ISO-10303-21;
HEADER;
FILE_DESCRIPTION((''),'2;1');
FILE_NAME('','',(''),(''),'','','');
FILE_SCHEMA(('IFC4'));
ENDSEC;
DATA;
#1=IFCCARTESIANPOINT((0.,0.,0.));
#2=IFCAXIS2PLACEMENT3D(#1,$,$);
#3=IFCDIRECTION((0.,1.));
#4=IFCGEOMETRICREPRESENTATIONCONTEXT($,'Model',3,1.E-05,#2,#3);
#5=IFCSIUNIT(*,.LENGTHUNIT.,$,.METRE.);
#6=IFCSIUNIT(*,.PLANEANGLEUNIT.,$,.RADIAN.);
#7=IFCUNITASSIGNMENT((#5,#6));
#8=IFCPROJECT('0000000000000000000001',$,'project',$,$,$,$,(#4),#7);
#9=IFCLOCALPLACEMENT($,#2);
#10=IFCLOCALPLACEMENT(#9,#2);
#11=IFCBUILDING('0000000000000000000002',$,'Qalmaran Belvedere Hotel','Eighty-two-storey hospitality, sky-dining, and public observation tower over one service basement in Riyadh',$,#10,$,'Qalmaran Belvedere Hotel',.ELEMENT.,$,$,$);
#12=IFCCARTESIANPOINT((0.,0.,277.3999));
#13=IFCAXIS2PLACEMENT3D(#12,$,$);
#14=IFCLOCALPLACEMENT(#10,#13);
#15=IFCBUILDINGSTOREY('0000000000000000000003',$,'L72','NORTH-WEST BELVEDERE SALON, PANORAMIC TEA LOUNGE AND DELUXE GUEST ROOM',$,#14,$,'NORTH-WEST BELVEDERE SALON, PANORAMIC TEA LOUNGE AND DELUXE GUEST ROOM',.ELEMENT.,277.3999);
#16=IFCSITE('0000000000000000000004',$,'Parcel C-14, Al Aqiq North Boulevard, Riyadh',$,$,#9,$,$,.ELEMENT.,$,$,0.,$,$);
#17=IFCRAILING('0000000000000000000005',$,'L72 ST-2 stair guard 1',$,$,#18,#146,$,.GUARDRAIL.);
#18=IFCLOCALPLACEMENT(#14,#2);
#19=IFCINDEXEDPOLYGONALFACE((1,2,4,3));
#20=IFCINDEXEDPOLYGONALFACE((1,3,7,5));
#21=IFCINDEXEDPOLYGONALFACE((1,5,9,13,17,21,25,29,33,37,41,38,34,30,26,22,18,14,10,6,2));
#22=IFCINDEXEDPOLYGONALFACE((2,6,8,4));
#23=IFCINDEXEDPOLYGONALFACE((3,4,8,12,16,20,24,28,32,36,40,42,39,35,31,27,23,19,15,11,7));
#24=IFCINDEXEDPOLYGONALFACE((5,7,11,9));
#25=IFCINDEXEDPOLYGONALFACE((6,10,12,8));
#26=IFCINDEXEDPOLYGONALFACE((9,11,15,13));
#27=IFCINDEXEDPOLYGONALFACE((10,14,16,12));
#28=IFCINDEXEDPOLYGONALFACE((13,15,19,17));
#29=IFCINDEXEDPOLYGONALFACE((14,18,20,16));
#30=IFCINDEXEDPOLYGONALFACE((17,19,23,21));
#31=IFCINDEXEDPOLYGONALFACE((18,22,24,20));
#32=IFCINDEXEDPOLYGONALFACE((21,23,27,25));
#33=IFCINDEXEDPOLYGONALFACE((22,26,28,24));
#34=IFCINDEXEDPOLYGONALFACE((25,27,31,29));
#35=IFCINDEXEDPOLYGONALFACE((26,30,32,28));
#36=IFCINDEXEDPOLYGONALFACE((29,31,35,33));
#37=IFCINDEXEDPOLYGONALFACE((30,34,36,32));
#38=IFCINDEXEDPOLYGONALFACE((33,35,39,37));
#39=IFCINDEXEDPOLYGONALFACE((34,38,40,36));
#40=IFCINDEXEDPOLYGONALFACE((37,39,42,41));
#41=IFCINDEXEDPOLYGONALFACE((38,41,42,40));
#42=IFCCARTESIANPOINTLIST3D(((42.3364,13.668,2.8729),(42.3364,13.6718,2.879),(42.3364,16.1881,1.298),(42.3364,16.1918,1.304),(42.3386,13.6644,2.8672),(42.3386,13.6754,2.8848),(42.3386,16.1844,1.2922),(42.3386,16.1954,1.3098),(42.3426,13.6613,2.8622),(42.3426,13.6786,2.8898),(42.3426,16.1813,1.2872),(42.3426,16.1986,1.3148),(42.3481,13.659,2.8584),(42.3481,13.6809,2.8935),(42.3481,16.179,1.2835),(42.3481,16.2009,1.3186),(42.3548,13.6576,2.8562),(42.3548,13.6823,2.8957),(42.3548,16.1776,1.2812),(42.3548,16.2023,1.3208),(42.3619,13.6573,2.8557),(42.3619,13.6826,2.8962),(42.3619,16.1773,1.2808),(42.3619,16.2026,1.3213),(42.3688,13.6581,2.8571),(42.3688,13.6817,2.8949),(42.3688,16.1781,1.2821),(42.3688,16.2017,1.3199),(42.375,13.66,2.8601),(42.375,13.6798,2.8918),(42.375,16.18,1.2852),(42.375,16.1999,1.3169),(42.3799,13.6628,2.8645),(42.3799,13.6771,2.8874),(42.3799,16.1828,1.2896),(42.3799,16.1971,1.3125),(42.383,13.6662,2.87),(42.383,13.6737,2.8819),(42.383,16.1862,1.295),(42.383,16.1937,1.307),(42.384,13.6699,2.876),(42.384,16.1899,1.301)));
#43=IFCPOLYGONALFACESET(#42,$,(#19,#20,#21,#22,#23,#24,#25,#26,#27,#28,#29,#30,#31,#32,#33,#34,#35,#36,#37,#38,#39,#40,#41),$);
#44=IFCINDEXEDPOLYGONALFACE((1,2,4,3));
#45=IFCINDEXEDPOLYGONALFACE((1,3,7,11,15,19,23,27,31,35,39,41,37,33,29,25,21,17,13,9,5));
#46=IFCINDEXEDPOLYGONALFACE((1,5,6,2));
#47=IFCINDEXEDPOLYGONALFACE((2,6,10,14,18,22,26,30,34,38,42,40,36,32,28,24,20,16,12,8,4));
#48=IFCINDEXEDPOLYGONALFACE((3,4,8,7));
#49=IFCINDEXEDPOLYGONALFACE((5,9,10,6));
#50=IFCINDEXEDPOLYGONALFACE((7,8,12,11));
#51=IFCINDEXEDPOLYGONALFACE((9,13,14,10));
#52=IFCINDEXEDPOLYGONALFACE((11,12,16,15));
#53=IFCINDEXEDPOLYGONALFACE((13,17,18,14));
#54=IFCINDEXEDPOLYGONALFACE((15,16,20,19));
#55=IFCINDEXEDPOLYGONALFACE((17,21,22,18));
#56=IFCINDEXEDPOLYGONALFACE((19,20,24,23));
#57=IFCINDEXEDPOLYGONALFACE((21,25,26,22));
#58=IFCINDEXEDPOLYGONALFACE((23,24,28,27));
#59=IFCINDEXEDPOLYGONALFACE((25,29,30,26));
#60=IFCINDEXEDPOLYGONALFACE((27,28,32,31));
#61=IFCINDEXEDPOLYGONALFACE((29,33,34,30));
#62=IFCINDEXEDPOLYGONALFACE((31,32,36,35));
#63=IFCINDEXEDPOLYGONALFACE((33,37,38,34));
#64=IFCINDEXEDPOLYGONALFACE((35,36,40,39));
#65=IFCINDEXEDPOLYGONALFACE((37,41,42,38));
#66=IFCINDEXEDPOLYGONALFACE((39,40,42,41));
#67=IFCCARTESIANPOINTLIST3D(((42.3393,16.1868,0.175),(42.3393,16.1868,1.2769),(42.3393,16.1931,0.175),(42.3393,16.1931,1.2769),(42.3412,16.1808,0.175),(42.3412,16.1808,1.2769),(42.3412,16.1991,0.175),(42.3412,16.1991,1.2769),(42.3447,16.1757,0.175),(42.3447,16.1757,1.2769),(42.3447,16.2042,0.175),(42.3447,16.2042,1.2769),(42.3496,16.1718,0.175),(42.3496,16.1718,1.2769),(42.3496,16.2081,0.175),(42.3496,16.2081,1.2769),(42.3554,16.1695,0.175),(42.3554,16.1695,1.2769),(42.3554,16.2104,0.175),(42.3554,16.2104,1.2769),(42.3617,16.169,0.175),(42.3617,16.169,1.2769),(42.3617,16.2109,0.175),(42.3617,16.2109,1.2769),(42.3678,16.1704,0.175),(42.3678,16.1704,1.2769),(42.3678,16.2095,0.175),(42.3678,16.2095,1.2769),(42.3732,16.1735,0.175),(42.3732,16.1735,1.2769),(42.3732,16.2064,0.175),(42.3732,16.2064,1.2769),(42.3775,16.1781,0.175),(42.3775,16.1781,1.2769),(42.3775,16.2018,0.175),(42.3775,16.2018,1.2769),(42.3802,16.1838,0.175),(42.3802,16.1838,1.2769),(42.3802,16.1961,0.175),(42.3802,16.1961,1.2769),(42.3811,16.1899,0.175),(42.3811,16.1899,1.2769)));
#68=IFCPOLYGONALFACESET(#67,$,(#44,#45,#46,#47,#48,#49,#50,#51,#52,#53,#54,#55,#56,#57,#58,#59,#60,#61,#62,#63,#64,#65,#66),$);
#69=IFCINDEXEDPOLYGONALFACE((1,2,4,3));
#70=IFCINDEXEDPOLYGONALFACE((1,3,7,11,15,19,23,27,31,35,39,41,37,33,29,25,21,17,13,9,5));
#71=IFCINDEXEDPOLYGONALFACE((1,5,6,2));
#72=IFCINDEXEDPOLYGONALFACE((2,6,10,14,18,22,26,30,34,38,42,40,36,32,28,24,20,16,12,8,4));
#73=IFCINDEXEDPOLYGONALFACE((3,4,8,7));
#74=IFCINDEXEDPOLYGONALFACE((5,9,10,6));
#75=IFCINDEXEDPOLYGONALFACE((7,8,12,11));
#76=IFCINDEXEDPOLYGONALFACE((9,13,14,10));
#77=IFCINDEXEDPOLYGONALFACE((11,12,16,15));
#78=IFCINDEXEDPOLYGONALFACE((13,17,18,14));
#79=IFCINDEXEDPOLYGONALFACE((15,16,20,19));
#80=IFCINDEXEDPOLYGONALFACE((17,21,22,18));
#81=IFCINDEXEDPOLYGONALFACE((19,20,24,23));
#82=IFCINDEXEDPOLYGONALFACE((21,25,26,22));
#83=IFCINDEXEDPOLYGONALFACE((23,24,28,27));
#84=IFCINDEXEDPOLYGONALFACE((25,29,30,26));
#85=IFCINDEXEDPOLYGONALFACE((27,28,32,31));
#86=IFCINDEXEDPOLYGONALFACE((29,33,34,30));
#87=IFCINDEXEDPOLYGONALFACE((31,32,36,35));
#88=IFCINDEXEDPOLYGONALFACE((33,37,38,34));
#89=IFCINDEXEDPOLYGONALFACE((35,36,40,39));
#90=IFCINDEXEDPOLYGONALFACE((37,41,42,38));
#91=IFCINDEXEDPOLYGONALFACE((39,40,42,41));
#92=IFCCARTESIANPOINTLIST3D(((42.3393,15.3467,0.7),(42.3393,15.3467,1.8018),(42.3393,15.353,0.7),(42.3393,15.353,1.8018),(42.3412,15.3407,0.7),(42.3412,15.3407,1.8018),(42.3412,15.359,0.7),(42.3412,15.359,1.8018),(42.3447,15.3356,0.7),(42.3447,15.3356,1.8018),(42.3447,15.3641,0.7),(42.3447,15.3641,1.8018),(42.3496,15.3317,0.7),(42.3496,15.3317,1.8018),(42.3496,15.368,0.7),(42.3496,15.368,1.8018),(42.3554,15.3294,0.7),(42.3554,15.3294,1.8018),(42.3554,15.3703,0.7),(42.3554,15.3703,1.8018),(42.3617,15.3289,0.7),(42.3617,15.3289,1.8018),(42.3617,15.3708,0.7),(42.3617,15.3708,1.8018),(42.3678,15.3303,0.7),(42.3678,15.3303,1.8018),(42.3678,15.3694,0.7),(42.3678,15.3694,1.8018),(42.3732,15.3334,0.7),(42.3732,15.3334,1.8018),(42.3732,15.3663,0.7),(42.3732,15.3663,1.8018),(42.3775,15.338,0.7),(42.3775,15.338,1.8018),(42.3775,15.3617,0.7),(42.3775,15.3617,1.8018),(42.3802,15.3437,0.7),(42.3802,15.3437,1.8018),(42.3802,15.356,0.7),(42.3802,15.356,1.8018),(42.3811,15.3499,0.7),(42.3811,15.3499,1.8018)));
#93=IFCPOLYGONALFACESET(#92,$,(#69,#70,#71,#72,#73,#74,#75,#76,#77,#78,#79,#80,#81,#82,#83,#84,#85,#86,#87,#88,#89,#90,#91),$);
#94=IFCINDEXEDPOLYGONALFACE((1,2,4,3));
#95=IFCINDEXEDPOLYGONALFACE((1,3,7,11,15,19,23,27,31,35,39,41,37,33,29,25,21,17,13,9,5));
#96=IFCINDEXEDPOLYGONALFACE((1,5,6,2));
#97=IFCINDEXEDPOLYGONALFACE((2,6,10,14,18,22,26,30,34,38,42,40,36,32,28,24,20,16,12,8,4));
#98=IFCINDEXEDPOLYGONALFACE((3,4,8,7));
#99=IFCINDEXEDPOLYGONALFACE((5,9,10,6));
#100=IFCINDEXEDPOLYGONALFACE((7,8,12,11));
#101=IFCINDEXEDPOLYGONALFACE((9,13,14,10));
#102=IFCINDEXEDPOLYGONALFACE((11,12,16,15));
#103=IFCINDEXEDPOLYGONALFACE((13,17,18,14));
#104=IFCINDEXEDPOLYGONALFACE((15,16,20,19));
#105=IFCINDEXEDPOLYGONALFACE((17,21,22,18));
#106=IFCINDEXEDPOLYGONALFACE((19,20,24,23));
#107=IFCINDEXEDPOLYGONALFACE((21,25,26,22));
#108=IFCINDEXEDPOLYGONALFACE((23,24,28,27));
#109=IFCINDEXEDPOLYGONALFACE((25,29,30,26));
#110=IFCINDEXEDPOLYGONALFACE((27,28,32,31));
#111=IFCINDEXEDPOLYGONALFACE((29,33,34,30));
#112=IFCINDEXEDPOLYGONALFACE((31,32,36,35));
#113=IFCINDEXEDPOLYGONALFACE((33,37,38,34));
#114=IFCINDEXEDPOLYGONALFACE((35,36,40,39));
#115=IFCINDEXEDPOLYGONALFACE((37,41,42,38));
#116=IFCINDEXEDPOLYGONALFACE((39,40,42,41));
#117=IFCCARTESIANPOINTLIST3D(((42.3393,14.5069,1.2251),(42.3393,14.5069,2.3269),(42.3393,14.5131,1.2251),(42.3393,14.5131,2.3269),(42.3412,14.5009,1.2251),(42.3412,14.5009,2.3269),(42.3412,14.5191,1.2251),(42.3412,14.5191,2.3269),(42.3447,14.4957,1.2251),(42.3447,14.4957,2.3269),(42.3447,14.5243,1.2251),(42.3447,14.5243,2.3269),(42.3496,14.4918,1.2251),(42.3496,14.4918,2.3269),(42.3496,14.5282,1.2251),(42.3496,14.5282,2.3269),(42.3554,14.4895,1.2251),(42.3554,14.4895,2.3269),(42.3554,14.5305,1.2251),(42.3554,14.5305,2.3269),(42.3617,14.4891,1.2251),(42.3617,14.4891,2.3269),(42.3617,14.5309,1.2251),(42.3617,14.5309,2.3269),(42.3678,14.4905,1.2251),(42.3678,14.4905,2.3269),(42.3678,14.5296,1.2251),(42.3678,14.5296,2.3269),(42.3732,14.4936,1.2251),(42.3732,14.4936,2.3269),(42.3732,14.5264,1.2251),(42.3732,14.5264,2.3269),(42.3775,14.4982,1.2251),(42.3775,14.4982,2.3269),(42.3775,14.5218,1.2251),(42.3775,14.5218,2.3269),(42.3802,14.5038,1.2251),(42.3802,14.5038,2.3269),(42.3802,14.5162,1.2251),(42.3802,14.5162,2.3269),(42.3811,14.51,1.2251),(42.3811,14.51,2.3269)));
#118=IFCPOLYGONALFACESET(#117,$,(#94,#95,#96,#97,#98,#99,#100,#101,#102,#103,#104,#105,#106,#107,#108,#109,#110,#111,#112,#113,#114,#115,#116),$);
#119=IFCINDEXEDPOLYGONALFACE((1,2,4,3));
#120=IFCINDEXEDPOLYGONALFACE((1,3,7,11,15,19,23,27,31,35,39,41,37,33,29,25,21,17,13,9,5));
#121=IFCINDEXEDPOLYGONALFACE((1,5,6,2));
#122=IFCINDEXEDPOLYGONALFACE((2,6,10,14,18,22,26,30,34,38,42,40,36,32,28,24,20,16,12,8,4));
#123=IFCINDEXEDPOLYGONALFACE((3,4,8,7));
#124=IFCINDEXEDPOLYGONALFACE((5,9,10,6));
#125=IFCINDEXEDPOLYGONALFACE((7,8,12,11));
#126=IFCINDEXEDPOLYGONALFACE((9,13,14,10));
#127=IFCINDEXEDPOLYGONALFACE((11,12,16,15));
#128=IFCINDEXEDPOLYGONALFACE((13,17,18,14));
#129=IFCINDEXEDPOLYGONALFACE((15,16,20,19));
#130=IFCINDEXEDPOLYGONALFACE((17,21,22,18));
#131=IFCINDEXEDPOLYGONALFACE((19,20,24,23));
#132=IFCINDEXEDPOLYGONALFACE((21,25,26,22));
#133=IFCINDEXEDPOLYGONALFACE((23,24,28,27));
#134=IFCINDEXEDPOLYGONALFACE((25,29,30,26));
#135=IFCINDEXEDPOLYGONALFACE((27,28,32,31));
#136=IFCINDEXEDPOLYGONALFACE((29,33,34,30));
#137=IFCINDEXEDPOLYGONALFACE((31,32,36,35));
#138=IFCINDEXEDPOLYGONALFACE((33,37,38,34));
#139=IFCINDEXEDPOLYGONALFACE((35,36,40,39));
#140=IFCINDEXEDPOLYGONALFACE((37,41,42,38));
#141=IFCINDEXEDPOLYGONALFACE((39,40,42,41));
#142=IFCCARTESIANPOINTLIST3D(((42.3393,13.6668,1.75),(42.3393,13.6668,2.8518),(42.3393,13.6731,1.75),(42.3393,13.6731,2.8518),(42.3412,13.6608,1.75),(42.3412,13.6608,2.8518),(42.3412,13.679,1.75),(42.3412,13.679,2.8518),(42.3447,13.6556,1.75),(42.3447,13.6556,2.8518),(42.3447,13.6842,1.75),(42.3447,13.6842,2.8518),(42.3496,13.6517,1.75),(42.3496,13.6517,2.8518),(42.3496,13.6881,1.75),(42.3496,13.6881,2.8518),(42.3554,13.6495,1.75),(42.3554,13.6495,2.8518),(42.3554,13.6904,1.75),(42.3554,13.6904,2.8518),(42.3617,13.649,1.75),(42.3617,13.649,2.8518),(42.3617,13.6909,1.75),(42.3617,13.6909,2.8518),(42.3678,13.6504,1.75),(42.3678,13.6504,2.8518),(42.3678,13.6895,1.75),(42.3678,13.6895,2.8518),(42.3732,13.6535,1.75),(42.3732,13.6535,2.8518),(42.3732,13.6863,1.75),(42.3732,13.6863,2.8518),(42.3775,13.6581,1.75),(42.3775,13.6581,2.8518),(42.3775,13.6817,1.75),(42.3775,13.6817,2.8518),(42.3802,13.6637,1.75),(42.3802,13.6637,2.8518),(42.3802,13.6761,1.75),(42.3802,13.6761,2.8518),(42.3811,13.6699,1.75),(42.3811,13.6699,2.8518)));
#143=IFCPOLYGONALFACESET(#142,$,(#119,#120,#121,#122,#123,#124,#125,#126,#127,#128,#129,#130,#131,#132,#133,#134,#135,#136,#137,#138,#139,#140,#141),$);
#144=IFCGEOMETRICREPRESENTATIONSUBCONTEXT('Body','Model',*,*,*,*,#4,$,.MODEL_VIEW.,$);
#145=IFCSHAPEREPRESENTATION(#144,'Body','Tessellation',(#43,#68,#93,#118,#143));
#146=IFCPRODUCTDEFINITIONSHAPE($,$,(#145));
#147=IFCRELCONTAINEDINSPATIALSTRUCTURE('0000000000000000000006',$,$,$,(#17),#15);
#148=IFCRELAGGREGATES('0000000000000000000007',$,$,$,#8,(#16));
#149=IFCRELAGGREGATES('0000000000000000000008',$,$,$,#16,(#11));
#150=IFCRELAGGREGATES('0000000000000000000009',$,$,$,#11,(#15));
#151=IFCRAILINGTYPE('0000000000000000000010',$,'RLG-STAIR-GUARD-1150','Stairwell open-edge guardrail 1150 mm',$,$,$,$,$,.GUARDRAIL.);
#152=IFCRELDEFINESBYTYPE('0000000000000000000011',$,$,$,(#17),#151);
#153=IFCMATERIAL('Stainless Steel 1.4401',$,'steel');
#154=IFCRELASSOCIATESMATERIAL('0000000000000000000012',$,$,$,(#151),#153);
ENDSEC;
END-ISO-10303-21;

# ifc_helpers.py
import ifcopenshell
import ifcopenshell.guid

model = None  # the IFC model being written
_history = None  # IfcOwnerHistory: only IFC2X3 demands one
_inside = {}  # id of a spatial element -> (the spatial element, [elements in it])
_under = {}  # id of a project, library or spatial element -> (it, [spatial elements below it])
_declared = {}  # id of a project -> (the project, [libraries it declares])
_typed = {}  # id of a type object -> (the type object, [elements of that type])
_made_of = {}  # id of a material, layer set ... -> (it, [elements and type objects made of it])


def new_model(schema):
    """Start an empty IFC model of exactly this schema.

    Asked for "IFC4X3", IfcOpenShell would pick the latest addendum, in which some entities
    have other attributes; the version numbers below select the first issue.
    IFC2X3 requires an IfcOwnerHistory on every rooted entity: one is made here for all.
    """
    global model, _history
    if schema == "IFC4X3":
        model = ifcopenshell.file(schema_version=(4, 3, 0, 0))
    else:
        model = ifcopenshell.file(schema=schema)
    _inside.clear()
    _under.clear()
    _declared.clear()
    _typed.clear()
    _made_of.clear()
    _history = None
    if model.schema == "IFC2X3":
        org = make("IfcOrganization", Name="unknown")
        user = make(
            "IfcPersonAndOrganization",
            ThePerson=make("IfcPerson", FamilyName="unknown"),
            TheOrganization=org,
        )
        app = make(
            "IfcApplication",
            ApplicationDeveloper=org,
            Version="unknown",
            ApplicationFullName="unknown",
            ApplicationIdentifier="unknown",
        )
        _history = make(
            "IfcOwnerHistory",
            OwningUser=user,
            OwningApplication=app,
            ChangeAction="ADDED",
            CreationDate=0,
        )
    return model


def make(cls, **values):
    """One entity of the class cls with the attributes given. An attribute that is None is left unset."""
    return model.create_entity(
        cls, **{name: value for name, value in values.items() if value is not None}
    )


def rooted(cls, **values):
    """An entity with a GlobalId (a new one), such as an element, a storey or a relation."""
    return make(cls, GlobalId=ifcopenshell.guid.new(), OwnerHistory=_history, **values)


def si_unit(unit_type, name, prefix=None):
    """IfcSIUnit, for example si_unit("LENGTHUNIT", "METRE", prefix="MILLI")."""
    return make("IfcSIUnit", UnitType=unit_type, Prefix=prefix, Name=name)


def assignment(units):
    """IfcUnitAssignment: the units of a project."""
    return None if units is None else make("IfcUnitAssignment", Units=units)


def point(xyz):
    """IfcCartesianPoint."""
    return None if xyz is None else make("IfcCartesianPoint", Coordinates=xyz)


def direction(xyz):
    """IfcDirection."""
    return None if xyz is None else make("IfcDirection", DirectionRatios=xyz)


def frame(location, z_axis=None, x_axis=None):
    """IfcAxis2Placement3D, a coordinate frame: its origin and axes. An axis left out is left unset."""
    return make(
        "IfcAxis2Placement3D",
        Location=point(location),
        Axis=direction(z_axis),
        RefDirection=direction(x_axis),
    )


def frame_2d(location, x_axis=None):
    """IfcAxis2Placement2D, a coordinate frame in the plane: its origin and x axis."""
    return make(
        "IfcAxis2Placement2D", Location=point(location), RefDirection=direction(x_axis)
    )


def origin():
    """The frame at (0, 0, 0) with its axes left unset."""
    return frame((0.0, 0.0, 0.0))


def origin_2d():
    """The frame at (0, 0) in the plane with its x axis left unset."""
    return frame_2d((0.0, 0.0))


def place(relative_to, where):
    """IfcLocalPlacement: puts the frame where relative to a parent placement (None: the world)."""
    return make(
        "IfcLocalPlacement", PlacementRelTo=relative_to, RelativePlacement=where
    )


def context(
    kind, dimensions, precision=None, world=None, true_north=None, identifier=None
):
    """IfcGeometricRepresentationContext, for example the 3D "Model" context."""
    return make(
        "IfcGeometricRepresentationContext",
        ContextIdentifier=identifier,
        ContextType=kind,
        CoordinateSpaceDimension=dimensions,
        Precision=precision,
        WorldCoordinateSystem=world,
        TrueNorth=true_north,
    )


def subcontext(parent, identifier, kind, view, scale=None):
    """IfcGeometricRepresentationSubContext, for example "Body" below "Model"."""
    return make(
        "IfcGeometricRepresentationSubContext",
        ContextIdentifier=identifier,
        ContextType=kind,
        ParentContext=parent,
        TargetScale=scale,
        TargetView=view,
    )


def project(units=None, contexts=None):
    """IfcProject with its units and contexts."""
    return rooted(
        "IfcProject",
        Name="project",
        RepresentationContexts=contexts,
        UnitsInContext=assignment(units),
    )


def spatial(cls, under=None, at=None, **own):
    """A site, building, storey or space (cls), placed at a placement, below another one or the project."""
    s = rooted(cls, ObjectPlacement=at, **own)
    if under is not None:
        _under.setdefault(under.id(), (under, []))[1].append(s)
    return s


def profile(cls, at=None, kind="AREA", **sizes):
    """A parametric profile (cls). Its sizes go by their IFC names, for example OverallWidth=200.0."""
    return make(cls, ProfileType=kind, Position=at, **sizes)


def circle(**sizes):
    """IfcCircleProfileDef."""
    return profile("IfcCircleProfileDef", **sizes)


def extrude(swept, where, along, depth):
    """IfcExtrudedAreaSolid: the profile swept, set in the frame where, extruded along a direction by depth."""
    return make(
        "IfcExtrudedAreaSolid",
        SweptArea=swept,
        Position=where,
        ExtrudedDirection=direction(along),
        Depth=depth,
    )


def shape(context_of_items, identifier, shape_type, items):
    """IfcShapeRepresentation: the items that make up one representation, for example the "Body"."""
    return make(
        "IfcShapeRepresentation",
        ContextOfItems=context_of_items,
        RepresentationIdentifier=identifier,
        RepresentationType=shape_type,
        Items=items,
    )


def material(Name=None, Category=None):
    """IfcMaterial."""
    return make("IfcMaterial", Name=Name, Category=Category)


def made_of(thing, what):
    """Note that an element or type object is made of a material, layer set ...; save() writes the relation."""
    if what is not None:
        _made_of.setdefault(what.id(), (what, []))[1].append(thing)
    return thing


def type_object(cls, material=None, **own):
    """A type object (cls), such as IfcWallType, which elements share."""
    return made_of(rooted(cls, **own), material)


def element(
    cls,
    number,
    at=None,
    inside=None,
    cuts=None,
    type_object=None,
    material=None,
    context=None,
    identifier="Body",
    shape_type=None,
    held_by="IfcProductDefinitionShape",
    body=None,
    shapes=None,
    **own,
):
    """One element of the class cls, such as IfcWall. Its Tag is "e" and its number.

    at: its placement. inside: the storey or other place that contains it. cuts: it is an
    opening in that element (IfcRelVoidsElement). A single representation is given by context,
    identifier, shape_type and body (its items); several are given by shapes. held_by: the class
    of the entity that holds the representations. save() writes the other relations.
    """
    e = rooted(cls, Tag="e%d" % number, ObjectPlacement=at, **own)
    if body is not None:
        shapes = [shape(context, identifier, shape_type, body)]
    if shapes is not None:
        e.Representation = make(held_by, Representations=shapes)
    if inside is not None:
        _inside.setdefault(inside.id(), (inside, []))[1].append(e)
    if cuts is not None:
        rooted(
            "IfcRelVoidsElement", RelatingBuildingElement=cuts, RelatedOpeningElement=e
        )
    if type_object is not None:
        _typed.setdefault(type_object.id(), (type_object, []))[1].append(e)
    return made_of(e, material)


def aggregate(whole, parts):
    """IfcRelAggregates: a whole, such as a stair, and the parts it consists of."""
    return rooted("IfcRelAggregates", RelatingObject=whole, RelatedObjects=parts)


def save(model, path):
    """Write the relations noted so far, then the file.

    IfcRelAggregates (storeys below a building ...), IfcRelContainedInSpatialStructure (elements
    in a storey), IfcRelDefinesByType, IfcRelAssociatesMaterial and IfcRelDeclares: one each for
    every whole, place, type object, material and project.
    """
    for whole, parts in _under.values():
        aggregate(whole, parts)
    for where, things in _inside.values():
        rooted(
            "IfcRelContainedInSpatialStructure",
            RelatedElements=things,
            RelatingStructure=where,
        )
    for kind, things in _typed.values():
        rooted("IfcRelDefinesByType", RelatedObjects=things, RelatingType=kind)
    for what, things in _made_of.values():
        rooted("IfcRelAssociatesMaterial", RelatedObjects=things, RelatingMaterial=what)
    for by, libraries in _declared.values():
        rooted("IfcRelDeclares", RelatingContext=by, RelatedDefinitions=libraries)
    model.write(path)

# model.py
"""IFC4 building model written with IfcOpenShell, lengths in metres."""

from ifc_helpers import new_model, si_unit, direction, frame, origin, origin_2d, place, context, subcontext, project, spatial, circle, extrude, material, type_object, element, save


model = new_model("IFC4")

# Units and contexts
model_context = context("Model", 3, precision=1e-05, world=origin(), true_north=direction((0.0, 1.0)))
body_context = subcontext(model_context, "Body", "Model", "MODEL_VIEW")
ifc_project = project(units=[si_unit("LENGTHUNIT", "METRE"), si_unit("PLANEANGLEUNIT", "RADIAN")], contexts=[model_context])

# Site, building, storey
site_placement = place(None, origin())
site = spatial("IfcSite", under=ifc_project, at=site_placement, Name="Parcel C-14, Al Aqiq North Boulevard, Riyadh", CompositionType="ELEMENT", RefElevation=0.0)
building_placement = place(site_placement, origin())
building = spatial("IfcBuilding", under=site, at=building_placement, Name="Qalmaran Belvedere Hotel", Description="Eighty-two-storey hospitality, sky-dining, and public observation tower over one service basement in Riyadh", LongName="Qalmaran Belvedere Hotel", CompositionType="ELEMENT")
storey_placement = place(building_placement, frame((0.0, 0.0, 277.3999)))
storey = spatial("IfcBuildingStorey", under=building, at=storey_placement, Name="L72", Description="NORTH-WEST BELVEDERE SALON, PANORAMIC TEA LOUNGE AND DELUXE GUEST ROOM", LongName="NORTH-WEST BELVEDERE SALON, PANORAMIC TEA LOUNGE AND DELUXE GUEST ROOM", CompositionType="ELEMENT", Elevation=277.3999)

# Railing
ifc_material_1 = material(Name="Stainless Steel 1.4401", Category="steel")
railing_type_1 = type_object("IfcRailingType", Name="RLG-STAIR-GUARD-1150", Description="Stairwell open-edge guardrail 1150 mm", PredefinedType="GUARDRAIL", material=ifc_material_1)
railing_1_placement = place(storey_placement, frame((42.3601, 16.1899, 0.175)))
element("IfcRailing", 1, at=railing_1_placement, inside=storey, type_object=railing_type_1, Name="L72 ST-2 stair guard 1", PredefinedType="GUARDRAIL", context=body_context, shape_type="SweptSolid", body=[
    extrude(circle(Radius=0.0239, at=origin_2d()), frame((0.0, 0.0, 1.126), z_axis=(0.0, -0.848008, 0.529984), x_axis=(1.0, 0.0, 0.0)), (0.0, 0.0, 1.0), 2.9717),
    extrude(circle(Radius=0.021, at=origin_2d()), origin(), (0.0, 0.0, 1.0), 1.1018),
    extrude(circle(Radius=0.021, at=origin_2d()), frame((0.0, -0.8401, 0.5249)), (0.0, 0.0, 1.0), 1.1018),
    extrude(circle(Radius=0.021, at=origin_2d()), frame((0.0, -1.6799, 1.05)), (0.0, 0.0, 1.0), 1.1018),
    extrude(circle(Radius=0.021, at=origin_2d()), frame((0.0, -2.52, 1.575)), (0.0, 0.0, 1.0), 1.1018),
])

save(model, "model.ifc")
